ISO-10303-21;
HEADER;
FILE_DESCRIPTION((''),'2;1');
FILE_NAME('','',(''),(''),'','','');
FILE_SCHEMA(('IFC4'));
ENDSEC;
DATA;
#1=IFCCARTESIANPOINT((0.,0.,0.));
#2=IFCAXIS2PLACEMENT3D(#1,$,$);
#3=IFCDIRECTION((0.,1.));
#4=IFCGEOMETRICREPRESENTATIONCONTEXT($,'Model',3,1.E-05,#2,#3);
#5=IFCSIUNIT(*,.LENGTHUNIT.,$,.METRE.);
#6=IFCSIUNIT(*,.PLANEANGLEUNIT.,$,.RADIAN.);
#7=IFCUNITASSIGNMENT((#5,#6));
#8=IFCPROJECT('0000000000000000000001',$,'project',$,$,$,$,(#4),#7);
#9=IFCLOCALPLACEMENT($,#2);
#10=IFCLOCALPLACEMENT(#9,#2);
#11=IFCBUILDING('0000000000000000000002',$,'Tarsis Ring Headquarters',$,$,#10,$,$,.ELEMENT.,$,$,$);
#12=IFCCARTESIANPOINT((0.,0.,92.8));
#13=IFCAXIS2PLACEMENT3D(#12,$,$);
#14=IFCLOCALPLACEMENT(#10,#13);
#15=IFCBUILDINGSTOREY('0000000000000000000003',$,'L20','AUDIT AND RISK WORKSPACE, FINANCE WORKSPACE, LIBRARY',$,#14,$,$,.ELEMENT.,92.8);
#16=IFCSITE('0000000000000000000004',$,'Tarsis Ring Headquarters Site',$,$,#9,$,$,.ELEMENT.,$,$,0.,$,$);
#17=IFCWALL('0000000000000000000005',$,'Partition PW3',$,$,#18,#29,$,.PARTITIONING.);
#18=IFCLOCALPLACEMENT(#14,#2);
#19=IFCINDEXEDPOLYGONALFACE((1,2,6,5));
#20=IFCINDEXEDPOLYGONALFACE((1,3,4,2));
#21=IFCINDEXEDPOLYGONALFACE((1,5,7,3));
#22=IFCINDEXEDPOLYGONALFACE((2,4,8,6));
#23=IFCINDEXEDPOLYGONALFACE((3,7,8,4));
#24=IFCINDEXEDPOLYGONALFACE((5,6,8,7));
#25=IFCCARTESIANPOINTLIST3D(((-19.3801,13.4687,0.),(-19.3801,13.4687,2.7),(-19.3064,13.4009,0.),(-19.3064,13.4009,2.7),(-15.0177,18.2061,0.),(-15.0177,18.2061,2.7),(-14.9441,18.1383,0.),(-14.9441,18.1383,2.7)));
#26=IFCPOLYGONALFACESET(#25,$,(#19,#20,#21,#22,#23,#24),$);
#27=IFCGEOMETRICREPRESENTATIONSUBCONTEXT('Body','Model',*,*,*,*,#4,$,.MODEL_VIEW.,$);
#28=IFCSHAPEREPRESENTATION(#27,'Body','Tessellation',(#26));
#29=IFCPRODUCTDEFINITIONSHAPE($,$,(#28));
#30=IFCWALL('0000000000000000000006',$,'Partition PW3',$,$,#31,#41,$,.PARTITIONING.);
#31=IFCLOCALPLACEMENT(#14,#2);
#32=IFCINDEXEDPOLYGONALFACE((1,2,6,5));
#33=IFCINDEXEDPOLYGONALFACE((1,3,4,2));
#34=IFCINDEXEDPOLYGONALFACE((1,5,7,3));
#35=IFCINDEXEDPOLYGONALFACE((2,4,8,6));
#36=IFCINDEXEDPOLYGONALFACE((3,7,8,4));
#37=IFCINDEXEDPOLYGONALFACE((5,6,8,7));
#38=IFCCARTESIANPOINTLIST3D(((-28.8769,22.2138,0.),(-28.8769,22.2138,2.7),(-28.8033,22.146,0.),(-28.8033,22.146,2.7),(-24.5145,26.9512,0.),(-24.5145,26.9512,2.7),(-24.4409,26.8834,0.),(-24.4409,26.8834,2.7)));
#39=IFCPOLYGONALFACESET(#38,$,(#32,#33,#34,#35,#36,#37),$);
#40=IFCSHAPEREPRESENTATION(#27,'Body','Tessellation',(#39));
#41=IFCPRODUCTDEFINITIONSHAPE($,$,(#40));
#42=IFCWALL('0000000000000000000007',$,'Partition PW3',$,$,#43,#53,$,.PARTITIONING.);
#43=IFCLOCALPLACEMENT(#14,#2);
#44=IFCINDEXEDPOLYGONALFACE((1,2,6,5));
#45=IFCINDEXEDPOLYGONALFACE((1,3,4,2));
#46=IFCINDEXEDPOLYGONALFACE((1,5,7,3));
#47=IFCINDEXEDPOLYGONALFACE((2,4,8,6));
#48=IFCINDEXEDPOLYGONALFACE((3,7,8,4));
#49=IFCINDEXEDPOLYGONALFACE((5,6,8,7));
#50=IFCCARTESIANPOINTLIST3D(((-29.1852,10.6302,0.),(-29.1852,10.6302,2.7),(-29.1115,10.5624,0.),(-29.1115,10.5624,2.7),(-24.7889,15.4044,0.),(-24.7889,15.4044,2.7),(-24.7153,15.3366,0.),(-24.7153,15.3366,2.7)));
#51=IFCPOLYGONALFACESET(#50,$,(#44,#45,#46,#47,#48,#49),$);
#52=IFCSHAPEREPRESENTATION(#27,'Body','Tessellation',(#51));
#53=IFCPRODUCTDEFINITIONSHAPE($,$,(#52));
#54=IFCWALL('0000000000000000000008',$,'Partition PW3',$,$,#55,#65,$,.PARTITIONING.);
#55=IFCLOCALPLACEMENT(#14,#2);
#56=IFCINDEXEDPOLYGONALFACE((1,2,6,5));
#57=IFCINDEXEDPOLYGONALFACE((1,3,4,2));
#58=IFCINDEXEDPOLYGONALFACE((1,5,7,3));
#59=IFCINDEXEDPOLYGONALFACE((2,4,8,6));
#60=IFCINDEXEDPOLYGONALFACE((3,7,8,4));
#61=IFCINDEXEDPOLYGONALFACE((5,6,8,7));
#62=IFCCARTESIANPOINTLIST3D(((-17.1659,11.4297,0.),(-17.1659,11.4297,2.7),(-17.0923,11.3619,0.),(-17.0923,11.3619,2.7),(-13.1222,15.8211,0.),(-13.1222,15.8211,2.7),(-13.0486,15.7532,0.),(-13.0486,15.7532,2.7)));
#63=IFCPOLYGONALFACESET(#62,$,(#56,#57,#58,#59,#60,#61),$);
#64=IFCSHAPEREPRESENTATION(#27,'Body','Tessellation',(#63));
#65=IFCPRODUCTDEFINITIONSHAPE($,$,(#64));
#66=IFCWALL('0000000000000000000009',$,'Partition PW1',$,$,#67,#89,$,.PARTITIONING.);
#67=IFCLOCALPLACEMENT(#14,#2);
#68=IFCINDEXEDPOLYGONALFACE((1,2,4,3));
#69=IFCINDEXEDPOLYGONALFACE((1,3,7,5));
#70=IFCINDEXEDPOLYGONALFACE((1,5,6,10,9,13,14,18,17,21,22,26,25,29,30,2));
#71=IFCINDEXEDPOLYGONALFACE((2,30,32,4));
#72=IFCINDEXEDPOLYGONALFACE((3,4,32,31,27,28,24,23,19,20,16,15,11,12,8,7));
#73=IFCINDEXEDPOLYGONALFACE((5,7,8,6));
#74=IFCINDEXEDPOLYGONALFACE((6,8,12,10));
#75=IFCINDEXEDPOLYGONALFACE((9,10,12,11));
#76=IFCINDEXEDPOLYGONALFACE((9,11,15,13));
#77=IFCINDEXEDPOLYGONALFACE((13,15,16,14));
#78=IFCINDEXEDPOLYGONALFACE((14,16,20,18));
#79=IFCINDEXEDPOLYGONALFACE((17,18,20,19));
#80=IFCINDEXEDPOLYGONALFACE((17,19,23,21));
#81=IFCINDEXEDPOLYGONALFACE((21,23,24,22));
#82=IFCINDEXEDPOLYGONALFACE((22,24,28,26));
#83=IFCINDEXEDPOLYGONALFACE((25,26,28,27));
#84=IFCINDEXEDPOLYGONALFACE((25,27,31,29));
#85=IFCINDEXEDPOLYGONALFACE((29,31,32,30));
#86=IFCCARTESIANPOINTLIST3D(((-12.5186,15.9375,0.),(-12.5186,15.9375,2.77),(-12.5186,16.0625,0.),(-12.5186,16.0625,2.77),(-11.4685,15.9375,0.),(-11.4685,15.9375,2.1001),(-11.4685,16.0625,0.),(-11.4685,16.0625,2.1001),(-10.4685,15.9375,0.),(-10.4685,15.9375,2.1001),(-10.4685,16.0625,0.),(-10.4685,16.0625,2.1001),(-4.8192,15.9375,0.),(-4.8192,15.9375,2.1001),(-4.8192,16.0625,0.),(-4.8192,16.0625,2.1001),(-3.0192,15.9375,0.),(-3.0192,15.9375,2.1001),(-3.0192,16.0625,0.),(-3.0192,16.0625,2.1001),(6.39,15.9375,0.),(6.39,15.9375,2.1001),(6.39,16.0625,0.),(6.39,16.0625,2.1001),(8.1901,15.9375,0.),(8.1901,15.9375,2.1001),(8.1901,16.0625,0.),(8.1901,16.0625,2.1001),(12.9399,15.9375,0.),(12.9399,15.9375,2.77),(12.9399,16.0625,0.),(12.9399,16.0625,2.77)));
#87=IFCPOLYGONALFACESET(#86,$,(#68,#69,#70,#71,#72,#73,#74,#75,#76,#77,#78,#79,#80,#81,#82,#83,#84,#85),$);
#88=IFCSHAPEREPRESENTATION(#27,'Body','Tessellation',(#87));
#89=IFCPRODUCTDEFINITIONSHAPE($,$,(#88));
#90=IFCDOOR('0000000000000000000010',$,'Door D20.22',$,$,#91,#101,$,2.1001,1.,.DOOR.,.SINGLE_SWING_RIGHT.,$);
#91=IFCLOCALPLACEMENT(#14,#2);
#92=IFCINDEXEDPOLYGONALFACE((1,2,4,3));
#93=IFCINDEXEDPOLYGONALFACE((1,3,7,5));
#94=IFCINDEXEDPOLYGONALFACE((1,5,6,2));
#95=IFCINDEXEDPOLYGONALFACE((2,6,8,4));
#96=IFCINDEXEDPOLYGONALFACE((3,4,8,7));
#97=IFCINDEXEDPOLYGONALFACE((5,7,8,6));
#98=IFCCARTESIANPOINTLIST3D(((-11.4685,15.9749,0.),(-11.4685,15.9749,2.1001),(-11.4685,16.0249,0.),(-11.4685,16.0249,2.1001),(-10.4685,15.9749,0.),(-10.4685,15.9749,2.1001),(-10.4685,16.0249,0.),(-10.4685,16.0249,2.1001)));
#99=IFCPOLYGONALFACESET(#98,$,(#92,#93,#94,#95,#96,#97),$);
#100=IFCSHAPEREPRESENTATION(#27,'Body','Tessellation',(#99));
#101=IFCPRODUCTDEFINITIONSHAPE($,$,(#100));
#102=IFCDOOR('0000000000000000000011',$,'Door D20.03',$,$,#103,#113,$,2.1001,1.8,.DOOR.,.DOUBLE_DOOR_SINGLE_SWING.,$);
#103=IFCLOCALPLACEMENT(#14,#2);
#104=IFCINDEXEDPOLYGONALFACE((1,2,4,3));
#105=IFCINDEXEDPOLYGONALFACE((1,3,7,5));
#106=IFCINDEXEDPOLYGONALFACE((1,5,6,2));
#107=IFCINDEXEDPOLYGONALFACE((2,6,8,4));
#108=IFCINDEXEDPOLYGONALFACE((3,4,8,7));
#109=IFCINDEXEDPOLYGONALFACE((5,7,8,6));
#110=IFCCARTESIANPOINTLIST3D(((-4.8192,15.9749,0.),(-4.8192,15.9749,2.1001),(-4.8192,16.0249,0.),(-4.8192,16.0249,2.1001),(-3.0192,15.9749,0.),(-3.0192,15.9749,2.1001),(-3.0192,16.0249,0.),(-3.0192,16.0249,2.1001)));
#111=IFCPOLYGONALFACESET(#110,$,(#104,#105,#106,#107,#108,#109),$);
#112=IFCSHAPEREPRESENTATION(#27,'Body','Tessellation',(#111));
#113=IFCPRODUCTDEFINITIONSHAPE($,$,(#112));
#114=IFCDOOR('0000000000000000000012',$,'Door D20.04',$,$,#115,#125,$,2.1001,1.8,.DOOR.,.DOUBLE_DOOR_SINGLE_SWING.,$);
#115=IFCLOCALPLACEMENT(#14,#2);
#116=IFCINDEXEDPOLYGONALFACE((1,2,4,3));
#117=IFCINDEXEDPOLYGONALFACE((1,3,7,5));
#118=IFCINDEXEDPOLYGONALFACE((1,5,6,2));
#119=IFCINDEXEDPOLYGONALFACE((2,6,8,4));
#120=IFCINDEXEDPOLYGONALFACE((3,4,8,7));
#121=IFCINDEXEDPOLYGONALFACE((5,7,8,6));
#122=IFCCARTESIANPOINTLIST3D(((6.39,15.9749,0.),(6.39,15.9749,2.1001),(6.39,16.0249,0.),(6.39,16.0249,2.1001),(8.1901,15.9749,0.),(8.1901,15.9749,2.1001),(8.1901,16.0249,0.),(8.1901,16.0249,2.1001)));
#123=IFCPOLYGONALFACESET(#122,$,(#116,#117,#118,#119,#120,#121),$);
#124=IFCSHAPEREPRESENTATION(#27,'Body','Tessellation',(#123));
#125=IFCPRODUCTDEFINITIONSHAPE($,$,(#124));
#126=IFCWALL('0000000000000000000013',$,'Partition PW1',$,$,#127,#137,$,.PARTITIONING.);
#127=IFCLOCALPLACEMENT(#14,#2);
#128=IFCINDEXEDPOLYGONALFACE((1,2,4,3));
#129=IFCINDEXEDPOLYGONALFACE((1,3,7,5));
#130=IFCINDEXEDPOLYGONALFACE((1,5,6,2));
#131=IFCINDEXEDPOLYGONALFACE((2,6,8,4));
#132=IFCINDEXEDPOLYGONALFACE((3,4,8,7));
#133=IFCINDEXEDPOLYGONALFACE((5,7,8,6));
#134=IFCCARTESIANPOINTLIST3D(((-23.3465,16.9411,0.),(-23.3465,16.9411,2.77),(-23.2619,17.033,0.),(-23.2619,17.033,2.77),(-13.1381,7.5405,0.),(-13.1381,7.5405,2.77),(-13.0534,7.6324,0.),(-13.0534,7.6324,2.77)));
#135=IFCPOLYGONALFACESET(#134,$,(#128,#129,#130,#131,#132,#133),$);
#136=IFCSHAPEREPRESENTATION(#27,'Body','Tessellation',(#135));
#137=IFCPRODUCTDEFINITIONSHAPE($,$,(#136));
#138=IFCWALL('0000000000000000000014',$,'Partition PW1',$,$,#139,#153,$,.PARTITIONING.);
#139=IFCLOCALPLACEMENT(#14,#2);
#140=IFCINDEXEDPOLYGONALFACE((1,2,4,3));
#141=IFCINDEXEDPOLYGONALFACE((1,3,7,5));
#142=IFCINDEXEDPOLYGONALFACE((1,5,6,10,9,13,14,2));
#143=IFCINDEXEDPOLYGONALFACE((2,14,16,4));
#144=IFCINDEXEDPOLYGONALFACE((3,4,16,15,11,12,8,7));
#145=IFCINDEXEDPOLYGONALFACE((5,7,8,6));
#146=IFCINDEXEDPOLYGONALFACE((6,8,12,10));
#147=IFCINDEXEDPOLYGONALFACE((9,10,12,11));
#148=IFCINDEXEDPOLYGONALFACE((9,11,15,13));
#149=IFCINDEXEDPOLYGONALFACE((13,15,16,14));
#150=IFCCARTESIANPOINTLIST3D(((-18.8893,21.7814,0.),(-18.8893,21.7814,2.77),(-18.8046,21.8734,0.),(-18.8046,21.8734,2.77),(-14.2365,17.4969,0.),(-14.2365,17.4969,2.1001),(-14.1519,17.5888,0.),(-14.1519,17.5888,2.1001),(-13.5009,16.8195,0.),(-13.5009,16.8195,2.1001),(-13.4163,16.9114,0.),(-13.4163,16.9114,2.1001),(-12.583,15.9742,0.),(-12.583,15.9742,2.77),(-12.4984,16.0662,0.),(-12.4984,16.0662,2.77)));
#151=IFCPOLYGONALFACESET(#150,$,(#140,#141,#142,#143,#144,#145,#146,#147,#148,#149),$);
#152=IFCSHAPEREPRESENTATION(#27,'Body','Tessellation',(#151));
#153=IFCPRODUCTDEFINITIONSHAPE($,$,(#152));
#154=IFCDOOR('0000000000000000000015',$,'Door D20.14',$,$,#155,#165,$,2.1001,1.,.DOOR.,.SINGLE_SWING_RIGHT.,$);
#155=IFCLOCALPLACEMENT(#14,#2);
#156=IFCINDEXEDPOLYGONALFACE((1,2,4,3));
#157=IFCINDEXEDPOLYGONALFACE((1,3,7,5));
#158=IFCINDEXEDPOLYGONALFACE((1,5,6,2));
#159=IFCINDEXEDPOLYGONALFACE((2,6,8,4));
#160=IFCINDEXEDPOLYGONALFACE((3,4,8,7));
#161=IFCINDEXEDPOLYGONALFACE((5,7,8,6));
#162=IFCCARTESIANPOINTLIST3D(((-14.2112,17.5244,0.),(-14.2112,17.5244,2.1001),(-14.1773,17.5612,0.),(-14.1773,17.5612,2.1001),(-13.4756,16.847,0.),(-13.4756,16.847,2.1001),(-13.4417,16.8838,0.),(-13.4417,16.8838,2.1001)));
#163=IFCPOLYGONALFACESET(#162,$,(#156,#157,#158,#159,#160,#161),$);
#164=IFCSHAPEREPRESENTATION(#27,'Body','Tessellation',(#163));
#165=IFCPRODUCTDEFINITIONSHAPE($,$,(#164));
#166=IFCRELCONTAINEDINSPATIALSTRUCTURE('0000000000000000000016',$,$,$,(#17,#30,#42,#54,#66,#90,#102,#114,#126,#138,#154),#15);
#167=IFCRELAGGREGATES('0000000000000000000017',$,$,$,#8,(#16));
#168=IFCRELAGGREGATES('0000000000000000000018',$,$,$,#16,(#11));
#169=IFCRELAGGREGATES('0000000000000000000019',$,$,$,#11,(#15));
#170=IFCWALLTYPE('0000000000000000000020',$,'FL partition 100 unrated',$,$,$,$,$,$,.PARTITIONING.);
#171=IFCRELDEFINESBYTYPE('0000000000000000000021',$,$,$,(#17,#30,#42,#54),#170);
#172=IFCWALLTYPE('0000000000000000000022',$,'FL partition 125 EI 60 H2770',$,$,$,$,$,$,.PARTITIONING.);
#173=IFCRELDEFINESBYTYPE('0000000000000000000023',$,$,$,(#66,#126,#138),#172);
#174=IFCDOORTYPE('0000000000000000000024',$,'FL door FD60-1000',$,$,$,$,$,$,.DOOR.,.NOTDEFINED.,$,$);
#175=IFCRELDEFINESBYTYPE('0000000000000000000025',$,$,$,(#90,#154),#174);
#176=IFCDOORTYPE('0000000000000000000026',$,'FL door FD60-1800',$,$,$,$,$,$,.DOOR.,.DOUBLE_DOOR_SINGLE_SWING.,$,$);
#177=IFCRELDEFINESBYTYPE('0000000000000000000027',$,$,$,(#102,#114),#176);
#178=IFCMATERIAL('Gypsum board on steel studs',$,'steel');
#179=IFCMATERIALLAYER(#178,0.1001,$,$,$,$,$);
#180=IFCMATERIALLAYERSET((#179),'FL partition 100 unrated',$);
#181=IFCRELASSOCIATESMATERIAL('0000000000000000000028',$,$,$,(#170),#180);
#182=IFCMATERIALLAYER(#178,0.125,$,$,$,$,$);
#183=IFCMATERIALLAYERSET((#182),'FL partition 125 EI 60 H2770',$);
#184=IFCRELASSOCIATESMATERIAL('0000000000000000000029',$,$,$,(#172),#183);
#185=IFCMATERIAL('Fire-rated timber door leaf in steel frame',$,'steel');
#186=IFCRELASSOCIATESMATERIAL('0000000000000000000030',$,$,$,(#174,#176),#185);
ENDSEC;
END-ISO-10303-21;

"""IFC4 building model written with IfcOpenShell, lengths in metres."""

from ifc_helpers import new_model, si_unit, direction, frame, frame_2d, origin, place, context, subcontext, project, spatial, rectangle, extrude, material, layer, layer_set, type_object, element, fill, save


model = new_model("IFC4")

# Units and contexts
model_context = context("Model", 3, precision=1e-05, world=origin(), true_north=direction((0.0, 1.0)))
body_context = subcontext(model_context, "Body", "Model", "MODEL_VIEW")
ifc_project = project(units=[si_unit("LENGTHUNIT", "METRE"), si_unit("PLANEANGLEUNIT", "RADIAN")], contexts=[model_context])

# Site, building, storey
site_placement = place(None, origin())
site = spatial("IfcSite", under=ifc_project, at=site_placement, Name="Tarsis Ring Headquarters Site", CompositionType="ELEMENT", RefElevation=0.0)
building_placement = place(site_placement, origin())
building = spatial("IfcBuilding", under=site, at=building_placement, Name="Tarsis Ring Headquarters", CompositionType="ELEMENT")
storey_placement = place(building_placement, frame((0.0, 0.0, 92.8)))
storey = spatial("IfcBuildingStorey", under=building, at=storey_placement, Name="L20", Description="AUDIT AND RISK WORKSPACE, FINANCE WORKSPACE, LIBRARY", CompositionType="ELEMENT", Elevation=92.8)

# Walls
ifc_material_1 = material(Name="Gypsum board on steel studs", Category="steel")
ifc_layer_1 = layer(ifc_material_1, 0.1001)
ifc_layer_set_1 = layer_set([ifc_layer_1], Name="FL partition 100 unrated")
wall_type_1 = type_object("IfcWallType", Name="FL partition 100 unrated", PredefinedType="PARTITIONING", material=ifc_layer_set_1)
for number, where, z_axis, x_axis, name in (
    (1, (-19.3433, 13.4348, 0.0), (0.0, 0.0, 1.0), (0.677392, 0.735623, 0.0), "Partition PW3"),
    (2, (-28.8401, 22.1799, 0.0), (0.0, 0.0, 1.0), (0.677392, 0.735623, 0.0), "Partition PW3"),
):
    element("IfcWall", number, at=place(storey_placement, frame(where, z_axis=z_axis, x_axis=x_axis)), inside=storey, type_object=wall_type_1, Name=name, PredefinedType="PARTITIONING", context=body_context, shape_type="SweptSolid", body=[
        extrude(rectangle(XDim=6.4399, YDim=0.1001, at=frame_2d((3.22, 0.0))), origin(), (0.0, 0.0, 1.0), 2.7),
    ])
wall_1_placement = place(storey_placement, frame((-29.1484, 10.5962, 0.0), z_axis=(0.0, 0.0, 1.0), x_axis=(0.677391, 0.735624, 0.0)))
element("IfcWall", 3, at=wall_1_placement, inside=storey, type_object=wall_type_1, Name="Partition PW3", PredefinedType="PARTITIONING", context=body_context, shape_type="SweptSolid", body=[
    extrude(rectangle(XDim=6.49, YDim=0.1001, at=frame_2d((3.2451, 0.0))), origin(), (0.0, 0.0, 1.0), 2.7),
])
wall_2_placement = place(storey_placement, frame((-17.1292, 11.3958, 0.0), z_axis=(0.0, 0.0, 1.0), x_axis=(0.677388, 0.735626, 0.0)))
element("IfcWall", 4, at=wall_2_placement, inside=storey, type_object=wall_type_1, Name="Partition PW3", PredefinedType="PARTITIONING", context=body_context, shape_type="SweptSolid", body=[
    extrude(rectangle(XDim=5.9695, YDim=0.1001, at=frame_2d((2.9849, 0.0))), origin(), (0.0, 0.0, 1.0), 2.7),
])

# Wall, openings, doors
ifc_layer_2 = layer(ifc_material_1, 0.125)
ifc_layer_set_2 = layer_set([ifc_layer_2], Name="FL partition 125 EI 60 H2770")
wall_type_2 = type_object("IfcWallType", Name="FL partition 125 EI 60 H2770", PredefinedType="PARTITIONING", material=ifc_layer_set_2)
wall_3_placement = place(storey_placement, frame((-12.5186, 16.0, 0.0), z_axis=(0.0, 0.0, 1.0), x_axis=(1.0, 0.0, 0.0)))
wall_3 = element("IfcWall", 5, at=wall_3_placement, inside=storey, type_object=wall_type_2, Name="Partition PW1", PredefinedType="PARTITIONING", context=body_context, shape_type="SweptSolid", body=[
    extrude(rectangle(XDim=25.4585, YDim=0.125, at=frame_2d((12.7292, 0.0))), origin(), (0.0, 0.0, 1.0), 2.77),
])
opening_1_placement = place(wall_3_placement, frame((7.6995, 0.0, 0.0)))
opening_1 = element("IfcOpeningElement", 6, at=opening_1_placement, cuts=wall_3, PredefinedType="OPENING", context=body_context, shape_type="SweptSolid", body=[
    extrude(rectangle(XDim=1.8, YDim=2.1001, at=frame_2d((0.8999, 1.05))), frame((0.0, 0.0725, 0.0), z_axis=(0.0, -1.0, 0.0), x_axis=(1.0, 0.0, 0.0)), (0.0, 0.0, 1.0), 0.145),
])
opening_2_placement = place(wall_3_placement, frame((18.9087, 0.0, 0.0)))
opening_2 = element("IfcOpeningElement", 7, at=opening_2_placement, cuts=wall_3, PredefinedType="OPENING", context=body_context, shape_type="SweptSolid", body=[
    extrude(rectangle(XDim=1.8, YDim=2.1001, at=frame_2d((0.8999, 1.05))), frame((0.0, 0.0725, 0.0), z_axis=(0.0, -1.0, 0.0), x_axis=(1.0, 0.0, 0.0)), (0.0, 0.0, 1.0), 0.145),
])
opening_3_placement = place(wall_3_placement, frame((1.05, 0.0, 0.0)))
opening_3 = element("IfcOpeningElement", 8, at=opening_3_placement, cuts=wall_3, PredefinedType="OPENING", context=body_context, shape_type="SweptSolid", body=[
    extrude(rectangle(XDim=1.0, YDim=2.1001, at=frame_2d((0.5, 1.05))), frame((0.0, 0.0725, 0.0), z_axis=(0.0, -1.0, 0.0), x_axis=(1.0, 0.0, 0.0)), (0.0, 0.0, 1.0), 0.145),
])
ifc_material_2 = material(Name="Fire-rated timber door leaf in steel frame", Category="steel")
door_type_1 = type_object("IfcDoorType", Name="FL door FD60-1000", OperationType="NOTDEFINED", PredefinedType="DOOR", material=ifc_material_2)
door_1_placement = place(opening_3_placement, origin())
door_1 = element("IfcDoor", 9, at=door_1_placement, inside=storey, type_object=door_type_1, Name="Door D20.22", OperationType="SINGLE_SWING_RIGHT", OverallHeight=2.1001, OverallWidth=1.0, PredefinedType="DOOR", context=body_context, shape_type="SweptSolid", body=[
    extrude(rectangle(XDim=1.0, YDim=2.1001, at=frame_2d((0.5, 1.05))), frame((0.0, 0.0249, 0.0), z_axis=(0.0, -1.0, 0.0), x_axis=(1.0, 0.0, 0.0)), (0.0, 0.0, 1.0), 0.05),
])
fill(opening_3, door_1)
door_type_2 = type_object("IfcDoorType", Name="FL door FD60-1800", OperationType="DOUBLE_DOOR_SINGLE_SWING", PredefinedType="DOOR", material=ifc_material_2)
door_2_placement = place(opening_1_placement, origin())
door_2 = element("IfcDoor", 10, at=door_2_placement, inside=storey, type_object=door_type_2, Name="Door D20.03", OperationType="DOUBLE_DOOR_SINGLE_SWING", OverallHeight=2.1001, OverallWidth=1.8, PredefinedType="DOOR", context=body_context, shape_type="SweptSolid", body=[
    extrude(rectangle(XDim=1.8, YDim=2.1001, at=frame_2d((0.8999, 1.05))), frame((0.0, 0.0249, 0.0), z_axis=(0.0, -1.0, 0.0), x_axis=(1.0, 0.0, 0.0)), (0.0, 0.0, 1.0), 0.05),
])
fill(opening_1, door_2)
door_3_placement = place(opening_2_placement, origin())
door_3 = element("IfcDoor", 11, at=door_3_placement, inside=storey, type_object=door_type_2, Name="Door D20.04", OperationType="DOUBLE_DOOR_SINGLE_SWING", OverallHeight=2.1001, OverallWidth=1.8, PredefinedType="DOOR", context=body_context, shape_type="SweptSolid", body=[
    extrude(rectangle(XDim=1.8, YDim=2.1001, at=frame_2d((0.8999, 1.05))), frame((0.0, 0.0249, 0.0), z_axis=(0.0, -1.0, 0.0), x_axis=(1.0, 0.0, 0.0)), (0.0, 0.0, 1.0), 0.05),
])
fill(opening_2, door_3)

# Wall
wall_4_placement = place(storey_placement, frame((-23.3042, 16.9871, 0.0), z_axis=(0.0, 0.0, 1.0), x_axis=(0.735614, -0.677401, 0.0)))
element("IfcWall", 12, at=wall_4_placement, inside=storey, type_object=wall_type_2, Name="Partition PW1", PredefinedType="PARTITIONING", context=body_context, shape_type="SweptSolid", body=[
    extrude(rectangle(XDim=13.8774, YDim=0.125, at=frame_2d((6.9387, 0.0))), origin(), (0.0, 0.0, 1.0), 2.77),
])

# Wall, opening, door
wall_5_placement = place(storey_placement, frame((-18.8469, 21.8274, 0.0), z_axis=(0.0, 0.0, 1.0), x_axis=(0.735613, -0.677402, 0.0)))
wall_5 = element("IfcWall", 13, at=wall_5_placement, inside=storey, type_object=wall_type_2, Name="Partition PW1", PredefinedType="PARTITIONING", context=body_context, shape_type="SweptSolid", body=[
    extrude(rectangle(XDim=8.5728, YDim=0.125, at=frame_2d((4.2864, 0.0))), origin(), (0.0, 0.0, 1.0), 2.77),
])
opening_4_placement = place(wall_5_placement, frame((6.325, 0.0, 0.0)))
opening_4 = element("IfcOpeningElement", 14, at=opening_4_placement, cuts=wall_5, PredefinedType="OPENING", context=body_context, shape_type="SweptSolid", body=[
    extrude(rectangle(XDim=1.0, YDim=2.1001, at=frame_2d((0.5, 1.05))), frame((0.0, 0.0725, 0.0), z_axis=(0.0, -1.0, 0.0), x_axis=(1.0, 0.0, 0.0)), (0.0, 0.0, 1.0), 0.145),
])
door_4_placement = place(opening_4_placement, origin())
door_4 = element("IfcDoor", 15, at=door_4_placement, inside=storey, type_object=door_type_1, Name="Door D20.14", OperationType="SINGLE_SWING_RIGHT", OverallHeight=2.1001, OverallWidth=1.0, PredefinedType="DOOR", context=body_context, shape_type="SweptSolid", body=[
    extrude(rectangle(XDim=1.0, YDim=2.1001, at=frame_2d((0.5, 1.05))), frame((0.0, 0.0249, 0.0), z_axis=(0.0, -1.0, 0.0), x_axis=(1.0, 0.0, 0.0)), (0.0, 0.0, 1.0), 0.05),
])
fill(opening_4, door_4)

save(model, "model.ifc")
